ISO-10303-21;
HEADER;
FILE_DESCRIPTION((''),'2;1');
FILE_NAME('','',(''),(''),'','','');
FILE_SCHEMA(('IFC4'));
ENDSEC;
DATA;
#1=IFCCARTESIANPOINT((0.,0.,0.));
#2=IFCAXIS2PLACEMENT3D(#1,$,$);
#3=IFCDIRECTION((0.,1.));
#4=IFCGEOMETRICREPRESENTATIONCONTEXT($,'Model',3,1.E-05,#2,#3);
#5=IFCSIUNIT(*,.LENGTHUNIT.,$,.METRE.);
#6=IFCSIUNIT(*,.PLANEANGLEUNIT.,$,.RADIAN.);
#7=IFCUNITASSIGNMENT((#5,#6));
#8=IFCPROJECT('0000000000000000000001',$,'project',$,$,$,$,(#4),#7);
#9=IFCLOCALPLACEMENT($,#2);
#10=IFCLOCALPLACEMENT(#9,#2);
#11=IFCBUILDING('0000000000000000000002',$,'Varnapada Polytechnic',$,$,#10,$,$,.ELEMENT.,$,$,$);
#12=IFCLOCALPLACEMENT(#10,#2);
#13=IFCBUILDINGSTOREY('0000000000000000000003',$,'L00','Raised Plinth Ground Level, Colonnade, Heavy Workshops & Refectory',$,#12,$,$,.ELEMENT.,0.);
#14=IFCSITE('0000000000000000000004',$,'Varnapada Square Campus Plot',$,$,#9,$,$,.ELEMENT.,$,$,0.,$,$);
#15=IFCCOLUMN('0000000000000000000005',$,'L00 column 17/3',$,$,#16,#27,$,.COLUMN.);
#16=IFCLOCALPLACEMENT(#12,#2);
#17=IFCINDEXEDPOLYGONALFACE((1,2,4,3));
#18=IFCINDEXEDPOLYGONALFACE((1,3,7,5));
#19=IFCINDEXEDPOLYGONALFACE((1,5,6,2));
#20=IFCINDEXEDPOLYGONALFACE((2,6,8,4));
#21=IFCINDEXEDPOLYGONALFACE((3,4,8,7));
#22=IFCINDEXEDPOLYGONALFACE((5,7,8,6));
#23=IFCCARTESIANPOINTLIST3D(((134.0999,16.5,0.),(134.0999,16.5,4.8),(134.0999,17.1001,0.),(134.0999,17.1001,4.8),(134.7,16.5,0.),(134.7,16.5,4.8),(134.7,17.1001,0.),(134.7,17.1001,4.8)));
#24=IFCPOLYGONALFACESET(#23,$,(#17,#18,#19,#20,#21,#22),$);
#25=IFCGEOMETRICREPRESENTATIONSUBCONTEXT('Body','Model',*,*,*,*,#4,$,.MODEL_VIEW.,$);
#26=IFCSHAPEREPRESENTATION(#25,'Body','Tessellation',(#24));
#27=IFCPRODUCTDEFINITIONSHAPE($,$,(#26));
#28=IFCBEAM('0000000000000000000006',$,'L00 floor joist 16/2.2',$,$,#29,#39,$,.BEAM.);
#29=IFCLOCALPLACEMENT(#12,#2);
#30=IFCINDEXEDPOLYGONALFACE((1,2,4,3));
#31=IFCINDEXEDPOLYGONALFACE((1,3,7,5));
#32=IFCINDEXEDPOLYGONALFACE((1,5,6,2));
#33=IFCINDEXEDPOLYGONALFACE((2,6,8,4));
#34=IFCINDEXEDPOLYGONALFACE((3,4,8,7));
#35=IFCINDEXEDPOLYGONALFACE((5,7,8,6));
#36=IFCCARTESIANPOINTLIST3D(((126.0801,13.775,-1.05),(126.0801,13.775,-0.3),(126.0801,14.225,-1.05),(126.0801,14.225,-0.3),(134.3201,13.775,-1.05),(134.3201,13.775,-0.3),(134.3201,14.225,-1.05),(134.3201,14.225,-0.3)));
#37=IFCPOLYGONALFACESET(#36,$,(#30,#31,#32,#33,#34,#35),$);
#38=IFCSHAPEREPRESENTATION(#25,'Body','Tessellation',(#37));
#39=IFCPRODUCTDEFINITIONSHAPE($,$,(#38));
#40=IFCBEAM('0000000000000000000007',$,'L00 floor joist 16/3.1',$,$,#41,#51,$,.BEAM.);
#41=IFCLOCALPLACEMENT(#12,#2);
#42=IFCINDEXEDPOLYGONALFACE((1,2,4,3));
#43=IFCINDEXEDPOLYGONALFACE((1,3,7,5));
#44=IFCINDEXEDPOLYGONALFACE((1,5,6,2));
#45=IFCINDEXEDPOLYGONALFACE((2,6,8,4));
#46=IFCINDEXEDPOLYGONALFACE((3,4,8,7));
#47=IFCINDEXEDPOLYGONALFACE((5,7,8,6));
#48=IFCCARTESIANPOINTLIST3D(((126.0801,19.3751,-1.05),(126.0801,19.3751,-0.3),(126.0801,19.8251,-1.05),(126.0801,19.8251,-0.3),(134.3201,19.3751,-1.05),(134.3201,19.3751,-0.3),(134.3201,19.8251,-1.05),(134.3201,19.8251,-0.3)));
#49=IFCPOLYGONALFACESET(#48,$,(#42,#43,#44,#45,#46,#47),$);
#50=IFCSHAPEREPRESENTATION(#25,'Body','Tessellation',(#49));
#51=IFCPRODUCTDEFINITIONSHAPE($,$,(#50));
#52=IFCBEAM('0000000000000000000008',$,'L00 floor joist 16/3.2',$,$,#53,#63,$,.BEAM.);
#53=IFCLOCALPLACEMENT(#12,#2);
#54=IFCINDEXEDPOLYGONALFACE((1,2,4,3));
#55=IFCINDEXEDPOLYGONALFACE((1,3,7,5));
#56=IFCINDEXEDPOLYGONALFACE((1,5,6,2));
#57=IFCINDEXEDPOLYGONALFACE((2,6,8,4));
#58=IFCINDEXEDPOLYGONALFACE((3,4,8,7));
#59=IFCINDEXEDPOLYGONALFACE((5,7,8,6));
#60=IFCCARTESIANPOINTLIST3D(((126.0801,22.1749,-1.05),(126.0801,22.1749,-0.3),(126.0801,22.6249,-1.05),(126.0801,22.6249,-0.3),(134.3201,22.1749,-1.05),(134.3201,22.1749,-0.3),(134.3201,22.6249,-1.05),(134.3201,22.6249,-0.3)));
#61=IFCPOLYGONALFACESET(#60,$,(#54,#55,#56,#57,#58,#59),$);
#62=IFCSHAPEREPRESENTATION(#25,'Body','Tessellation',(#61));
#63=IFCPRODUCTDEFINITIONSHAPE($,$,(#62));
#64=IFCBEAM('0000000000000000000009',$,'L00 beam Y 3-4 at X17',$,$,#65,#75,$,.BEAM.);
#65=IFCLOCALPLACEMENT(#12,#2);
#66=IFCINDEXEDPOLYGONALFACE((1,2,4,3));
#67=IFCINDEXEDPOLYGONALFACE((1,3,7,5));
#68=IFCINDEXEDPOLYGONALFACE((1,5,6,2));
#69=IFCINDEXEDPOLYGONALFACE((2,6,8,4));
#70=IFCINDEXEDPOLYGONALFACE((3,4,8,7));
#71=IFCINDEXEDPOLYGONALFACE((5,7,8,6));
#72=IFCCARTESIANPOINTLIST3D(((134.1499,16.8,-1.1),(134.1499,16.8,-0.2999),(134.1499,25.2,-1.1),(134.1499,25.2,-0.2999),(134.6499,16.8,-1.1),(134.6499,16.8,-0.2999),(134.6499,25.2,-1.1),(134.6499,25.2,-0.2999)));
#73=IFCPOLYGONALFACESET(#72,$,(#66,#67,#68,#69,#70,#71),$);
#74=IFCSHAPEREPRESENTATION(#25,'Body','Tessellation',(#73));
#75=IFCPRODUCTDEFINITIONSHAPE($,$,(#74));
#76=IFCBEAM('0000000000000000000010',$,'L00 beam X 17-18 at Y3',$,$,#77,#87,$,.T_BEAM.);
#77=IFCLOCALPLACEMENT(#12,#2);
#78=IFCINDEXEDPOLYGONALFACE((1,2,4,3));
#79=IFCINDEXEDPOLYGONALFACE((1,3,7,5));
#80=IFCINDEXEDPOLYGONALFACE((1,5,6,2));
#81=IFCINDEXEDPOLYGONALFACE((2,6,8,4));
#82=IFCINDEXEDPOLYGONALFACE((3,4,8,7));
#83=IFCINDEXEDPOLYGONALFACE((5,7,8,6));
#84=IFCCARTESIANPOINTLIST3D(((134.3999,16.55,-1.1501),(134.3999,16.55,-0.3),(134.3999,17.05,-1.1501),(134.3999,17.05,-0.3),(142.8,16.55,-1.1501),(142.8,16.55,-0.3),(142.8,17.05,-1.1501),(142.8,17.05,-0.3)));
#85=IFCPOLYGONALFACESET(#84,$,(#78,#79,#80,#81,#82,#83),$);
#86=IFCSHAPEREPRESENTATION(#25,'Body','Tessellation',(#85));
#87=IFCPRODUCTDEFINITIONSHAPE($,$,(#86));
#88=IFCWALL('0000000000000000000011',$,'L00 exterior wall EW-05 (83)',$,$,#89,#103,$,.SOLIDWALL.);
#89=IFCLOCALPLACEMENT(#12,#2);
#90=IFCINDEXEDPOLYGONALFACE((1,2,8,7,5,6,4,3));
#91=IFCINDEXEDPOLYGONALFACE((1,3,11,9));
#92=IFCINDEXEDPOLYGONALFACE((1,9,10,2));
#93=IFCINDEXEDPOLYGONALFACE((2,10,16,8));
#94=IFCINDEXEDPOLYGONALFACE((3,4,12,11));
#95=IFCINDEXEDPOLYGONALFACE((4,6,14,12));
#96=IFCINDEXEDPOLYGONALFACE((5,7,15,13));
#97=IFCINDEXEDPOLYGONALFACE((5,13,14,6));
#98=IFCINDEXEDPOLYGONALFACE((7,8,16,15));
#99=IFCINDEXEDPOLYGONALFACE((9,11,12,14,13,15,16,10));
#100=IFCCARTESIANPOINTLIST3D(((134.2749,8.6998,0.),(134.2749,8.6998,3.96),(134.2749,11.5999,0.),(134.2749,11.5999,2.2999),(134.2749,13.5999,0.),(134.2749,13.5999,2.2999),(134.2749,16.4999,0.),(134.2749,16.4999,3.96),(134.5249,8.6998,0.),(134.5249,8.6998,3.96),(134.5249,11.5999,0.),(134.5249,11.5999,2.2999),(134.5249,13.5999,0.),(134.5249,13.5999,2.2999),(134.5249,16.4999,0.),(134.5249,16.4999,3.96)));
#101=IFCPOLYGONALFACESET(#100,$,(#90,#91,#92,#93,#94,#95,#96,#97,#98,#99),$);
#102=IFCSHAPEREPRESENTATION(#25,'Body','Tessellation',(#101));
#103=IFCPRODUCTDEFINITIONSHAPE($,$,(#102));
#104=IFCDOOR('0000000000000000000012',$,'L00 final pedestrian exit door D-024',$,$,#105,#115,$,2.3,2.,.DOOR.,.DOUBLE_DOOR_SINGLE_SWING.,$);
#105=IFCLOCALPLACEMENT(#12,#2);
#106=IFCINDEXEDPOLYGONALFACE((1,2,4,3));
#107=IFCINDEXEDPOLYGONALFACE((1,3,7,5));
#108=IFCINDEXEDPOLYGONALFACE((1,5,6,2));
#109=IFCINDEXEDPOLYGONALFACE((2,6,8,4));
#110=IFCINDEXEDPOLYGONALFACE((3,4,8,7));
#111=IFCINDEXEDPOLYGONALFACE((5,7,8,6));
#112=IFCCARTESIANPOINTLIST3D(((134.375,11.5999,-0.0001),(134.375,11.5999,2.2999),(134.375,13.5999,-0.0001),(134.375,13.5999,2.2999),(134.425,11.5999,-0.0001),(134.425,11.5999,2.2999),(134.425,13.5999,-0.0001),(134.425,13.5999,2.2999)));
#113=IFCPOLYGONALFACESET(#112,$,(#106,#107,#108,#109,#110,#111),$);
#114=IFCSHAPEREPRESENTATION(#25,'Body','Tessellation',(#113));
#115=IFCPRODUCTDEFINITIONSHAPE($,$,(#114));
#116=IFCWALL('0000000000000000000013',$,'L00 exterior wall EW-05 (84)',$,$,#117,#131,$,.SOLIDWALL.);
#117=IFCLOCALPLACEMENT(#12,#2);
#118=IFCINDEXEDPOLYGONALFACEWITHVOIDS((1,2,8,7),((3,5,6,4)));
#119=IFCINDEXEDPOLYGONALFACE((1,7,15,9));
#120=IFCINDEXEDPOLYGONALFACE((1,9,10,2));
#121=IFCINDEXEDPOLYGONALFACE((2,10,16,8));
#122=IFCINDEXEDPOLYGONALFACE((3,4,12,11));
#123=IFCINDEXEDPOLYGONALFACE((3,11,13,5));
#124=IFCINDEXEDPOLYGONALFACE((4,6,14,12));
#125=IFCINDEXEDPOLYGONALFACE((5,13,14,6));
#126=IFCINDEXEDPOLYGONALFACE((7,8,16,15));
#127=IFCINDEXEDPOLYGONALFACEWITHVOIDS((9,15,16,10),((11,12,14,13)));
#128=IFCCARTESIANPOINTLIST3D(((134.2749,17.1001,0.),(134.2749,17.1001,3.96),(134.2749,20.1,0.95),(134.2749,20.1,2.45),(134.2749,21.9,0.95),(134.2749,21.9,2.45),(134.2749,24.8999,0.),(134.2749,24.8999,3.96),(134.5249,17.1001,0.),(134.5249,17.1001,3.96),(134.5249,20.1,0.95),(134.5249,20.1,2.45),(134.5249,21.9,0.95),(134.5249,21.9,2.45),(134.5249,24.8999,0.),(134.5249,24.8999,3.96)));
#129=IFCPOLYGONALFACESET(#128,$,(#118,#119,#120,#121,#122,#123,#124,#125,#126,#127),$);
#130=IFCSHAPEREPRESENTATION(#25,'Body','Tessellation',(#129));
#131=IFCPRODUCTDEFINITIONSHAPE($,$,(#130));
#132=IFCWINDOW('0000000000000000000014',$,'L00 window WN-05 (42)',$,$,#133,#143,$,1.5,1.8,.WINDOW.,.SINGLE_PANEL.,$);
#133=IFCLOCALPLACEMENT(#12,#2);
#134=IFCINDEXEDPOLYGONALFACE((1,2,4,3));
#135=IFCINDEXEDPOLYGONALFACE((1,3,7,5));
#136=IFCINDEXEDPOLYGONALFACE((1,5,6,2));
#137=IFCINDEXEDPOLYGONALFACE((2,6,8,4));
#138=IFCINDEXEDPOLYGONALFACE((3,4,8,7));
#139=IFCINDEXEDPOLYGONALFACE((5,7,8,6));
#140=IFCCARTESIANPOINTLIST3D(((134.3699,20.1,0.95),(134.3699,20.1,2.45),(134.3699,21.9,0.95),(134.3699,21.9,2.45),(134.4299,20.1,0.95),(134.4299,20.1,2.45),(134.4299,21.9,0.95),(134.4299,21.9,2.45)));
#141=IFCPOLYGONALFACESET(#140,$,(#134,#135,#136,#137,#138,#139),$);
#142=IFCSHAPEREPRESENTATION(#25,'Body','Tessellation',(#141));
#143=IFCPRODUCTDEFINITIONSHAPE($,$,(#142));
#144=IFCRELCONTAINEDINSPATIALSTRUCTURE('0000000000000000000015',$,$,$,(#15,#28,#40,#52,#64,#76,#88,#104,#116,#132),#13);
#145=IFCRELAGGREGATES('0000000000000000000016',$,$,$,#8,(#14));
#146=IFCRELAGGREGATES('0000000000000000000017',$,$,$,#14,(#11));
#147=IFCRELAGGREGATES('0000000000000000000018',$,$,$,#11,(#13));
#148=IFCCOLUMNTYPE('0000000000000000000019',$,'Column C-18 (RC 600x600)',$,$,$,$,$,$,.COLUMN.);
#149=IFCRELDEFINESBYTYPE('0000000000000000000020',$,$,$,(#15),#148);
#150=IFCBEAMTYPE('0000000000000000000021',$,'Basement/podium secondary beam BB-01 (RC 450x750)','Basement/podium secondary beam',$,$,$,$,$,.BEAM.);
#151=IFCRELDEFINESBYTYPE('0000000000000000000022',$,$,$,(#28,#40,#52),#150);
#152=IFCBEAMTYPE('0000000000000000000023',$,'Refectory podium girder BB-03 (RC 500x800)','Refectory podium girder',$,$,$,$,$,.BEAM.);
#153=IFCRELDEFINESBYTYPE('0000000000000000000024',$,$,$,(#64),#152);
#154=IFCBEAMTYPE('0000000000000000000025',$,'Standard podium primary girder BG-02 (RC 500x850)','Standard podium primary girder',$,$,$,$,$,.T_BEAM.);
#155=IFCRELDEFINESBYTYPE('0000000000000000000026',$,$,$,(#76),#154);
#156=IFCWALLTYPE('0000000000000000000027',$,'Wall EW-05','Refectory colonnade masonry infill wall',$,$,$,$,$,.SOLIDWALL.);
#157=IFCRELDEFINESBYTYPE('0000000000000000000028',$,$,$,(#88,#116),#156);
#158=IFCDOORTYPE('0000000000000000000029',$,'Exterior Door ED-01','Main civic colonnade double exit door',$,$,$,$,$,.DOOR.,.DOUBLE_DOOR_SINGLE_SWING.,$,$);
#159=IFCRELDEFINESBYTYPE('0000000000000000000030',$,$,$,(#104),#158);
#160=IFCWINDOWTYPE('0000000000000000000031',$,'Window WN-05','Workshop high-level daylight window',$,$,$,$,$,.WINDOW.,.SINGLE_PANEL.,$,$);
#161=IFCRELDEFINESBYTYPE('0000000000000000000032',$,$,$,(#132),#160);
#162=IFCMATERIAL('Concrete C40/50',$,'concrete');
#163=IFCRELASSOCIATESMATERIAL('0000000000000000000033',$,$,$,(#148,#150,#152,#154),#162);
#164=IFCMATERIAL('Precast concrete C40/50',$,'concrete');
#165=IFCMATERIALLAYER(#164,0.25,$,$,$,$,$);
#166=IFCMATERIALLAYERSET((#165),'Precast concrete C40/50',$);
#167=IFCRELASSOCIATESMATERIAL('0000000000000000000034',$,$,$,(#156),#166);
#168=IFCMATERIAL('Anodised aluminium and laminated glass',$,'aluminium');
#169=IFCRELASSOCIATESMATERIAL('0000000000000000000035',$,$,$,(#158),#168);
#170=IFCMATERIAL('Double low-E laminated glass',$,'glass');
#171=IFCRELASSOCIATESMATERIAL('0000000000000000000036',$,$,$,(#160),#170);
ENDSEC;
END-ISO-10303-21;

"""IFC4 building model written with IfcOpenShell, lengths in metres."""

from ifc_helpers import new_model, si_unit, direction, frame, frame_2d, origin, origin_2d, place, context, subcontext, project, spatial, rectangle, extrude, material, layer, layer_set, material_profile, profile_set, type_object, element, fill, save


model = new_model("IFC4")

# Units and contexts
model_context = context("Model", 3, precision=1e-05, world=origin(), true_north=direction((0.0, 1.0)))
body_context = subcontext(model_context, "Body", "Model", "MODEL_VIEW")
ifc_project = project(units=[si_unit("LENGTHUNIT", "METRE"), si_unit("PLANEANGLEUNIT", "RADIAN")], contexts=[model_context])

# Site, building, storey
site_placement = place(None, origin())
site = spatial("IfcSite", under=ifc_project, at=site_placement, Name="Varnapada Square Campus Plot", CompositionType="ELEMENT", RefElevation=0.0)
building_placement = place(site_placement, origin())
building = spatial("IfcBuilding", under=site, at=building_placement, Name="Varnapada Polytechnic", CompositionType="ELEMENT")
storey_placement = place(building_placement, origin())
storey = spatial("IfcBuildingStorey", under=building, at=storey_placement, Name="L00", Description="Raised Plinth Ground Level, Colonnade, Heavy Workshops & Refectory", CompositionType="ELEMENT", Elevation=0.0)

# Column
ifc_material_1 = material(Name="Concrete C40/50", Category="concrete")
ifc_material_profile_1 = material_profile(ifc_material_1, rectangle(XDim=0.6001, YDim=0.6001, at=origin_2d()), Name="RC 600x600")
ifc_profile_set_1 = profile_set([ifc_material_profile_1], Name="Concrete C40/50")
column_type = type_object("IfcColumnType", Name="Column C-18 (RC 600x600)", PredefinedType="COLUMN", material=ifc_profile_set_1)
column_placement = place(storey_placement, frame((134.3999, 16.8, 0.0), z_axis=(0.0, 0.0, 1.0), x_axis=(1.0, 0.0, 0.0)))
element("IfcColumn", 1, at=column_placement, inside=storey, type_object=column_type, Name="L00 column 17/3", PredefinedType="COLUMN", context=body_context, shape_type="SweptSolid", body=[
    extrude(rectangle(XDim=0.6001, YDim=0.6001, at=origin_2d()), origin(), (0.0, 0.0, 1.0), 4.8),
])

# Beams
ifc_material_profile_2 = material_profile(ifc_material_1, rectangle(XDim=0.45, YDim=0.75, at=origin_2d()), Name="RC 450x750")
ifc_profile_set_2 = profile_set([ifc_material_profile_2], Name="Concrete C40/50")
beam_type_1 = type_object("IfcBeamType", Name="Basement/podium secondary beam BB-01 (RC 450x750)", Description="Basement/podium secondary beam", PredefinedType="BEAM", material=ifc_profile_set_2)
for number, where, z_axis, x_axis, name in (
    (2, (126.0801, 14.0, -0.675), (1.0, 0.0, 0.0), (0.0, 1.0, 0.0), "L00 floor joist 16/2.2"),
    (3, (126.0801, 19.6001, -0.675), (1.0, 0.0, 0.0), (0.0, 1.0, 0.0), "L00 floor joist 16/3.1"),
    (4, (126.0801, 22.3999, -0.675), (1.0, 0.0, 0.0), (0.0, 1.0, 0.0), "L00 floor joist 16/3.2"),
):
    element("IfcBeam", number, at=place(storey_placement, frame(where, z_axis=z_axis, x_axis=x_axis)), inside=storey, type_object=beam_type_1, Name=name, PredefinedType="BEAM", context=body_context, shape_type="SweptSolid", body=[
        extrude(rectangle(XDim=0.45, YDim=0.75, at=origin_2d()), origin(), (0.0, 0.0, 1.0), 8.24),
    ])
ifc_material_profile_3 = material_profile(ifc_material_1, rectangle(XDim=0.5, YDim=0.8, at=origin_2d()), Name="RC 500x800")
ifc_profile_set_3 = profile_set([ifc_material_profile_3], Name="Concrete C40/50")
beam_type_2 = type_object("IfcBeamType", Name="Refectory podium girder BB-03 (RC 500x800)", Description="Refectory podium girder", PredefinedType="BEAM", material=ifc_profile_set_3)
beam_1_placement = place(storey_placement, frame((134.3999, 16.8, -0.7), z_axis=(0.0, 1.0, 0.0), x_axis=(-1.0, 0.0, 0.0)))
element("IfcBeam", 5, at=beam_1_placement, inside=storey, type_object=beam_type_2, Name="L00 beam Y 3-4 at X17", PredefinedType="BEAM", context=body_context, shape_type="SweptSolid", body=[
    extrude(rectangle(XDim=0.5, YDim=0.8, at=origin_2d()), origin(), (0.0, 0.0, 1.0), 8.3999),
])
ifc_material_profile_4 = material_profile(ifc_material_1, rectangle(XDim=0.5, YDim=0.8501, at=origin_2d()), Name="RC 500x850")
ifc_profile_set_4 = profile_set([ifc_material_profile_4], Name="Concrete C40/50")
beam_type_3 = type_object("IfcBeamType", Name="Standard podium primary girder BG-02 (RC 500x850)", Description="Standard podium primary girder", PredefinedType="T_BEAM", material=ifc_profile_set_4)
beam_2_placement = place(storey_placement, frame((134.3999, 16.8, -0.7251), z_axis=(1.0, 0.0, 0.0), x_axis=(0.0, 1.0, 0.0)))
element("IfcBeam", 6, at=beam_2_placement, inside=storey, type_object=beam_type_3, Name="L00 beam X 17-18 at Y3", PredefinedType="T_BEAM", context=body_context, shape_type="SweptSolid", body=[
    extrude(rectangle(XDim=0.5, YDim=0.8501, at=origin_2d()), origin(), (0.0, 0.0, 1.0), 8.4001),
])

# Wall, opening, door
ifc_material_2 = material(Name="Precast concrete C40/50", Category="concrete")
ifc_layer_1 = layer(ifc_material_2, 0.25)
ifc_layer_set_1 = layer_set([ifc_layer_1], Name="Precast concrete C40/50")
wall_type = type_object("IfcWallType", Name="Wall EW-05", Description="Refectory colonnade masonry infill wall", PredefinedType="SOLIDWALL", material=ifc_layer_set_1)
wall_1_placement = place(storey_placement, frame((134.3999, 8.7, 0.0), z_axis=(0.0, 0.0, 1.0), x_axis=(0.0, 1.0, 0.0)))
wall_1 = element("IfcWall", 7, at=wall_1_placement, inside=storey, type_object=wall_type, Name="L00 exterior wall EW-05 (83)", PredefinedType="SOLIDWALL", context=body_context, shape_type="SweptSolid", body=[
    extrude(rectangle(XDim=7.8, YDim=0.25, at=frame_2d((3.8999, 0.0))), origin(), (0.0, 0.0, 1.0), 3.96),
])
opening_1_placement = place(wall_1_placement, frame((2.8999, 0.0, 0.0)))
opening_1 = element("IfcOpeningElement", 8, at=opening_1_placement, cuts=wall_1, PredefinedType="OPENING", context=body_context, shape_type="SweptSolid", body=[
    extrude(rectangle(XDim=2.0, YDim=2.3, at=frame_2d((1.0, 1.1499))), frame((0.0, 0.135, 0.0), z_axis=(0.0, -1.0, 0.0), x_axis=(1.0, 0.0, 0.0)), (0.0, 0.0, 1.0), 0.27),
])
ifc_material_3 = material(Name="Anodised aluminium and laminated glass", Category="aluminium")
door_type = type_object("IfcDoorType", Name="Exterior Door ED-01", Description="Main civic colonnade double exit door", OperationType="DOUBLE_DOOR_SINGLE_SWING", PredefinedType="DOOR", material=ifc_material_3)
door_placement = place(opening_1_placement, origin())
door = element("IfcDoor", 9, at=door_placement, inside=storey, type_object=door_type, Name="L00 final pedestrian exit door D-024", OperationType="DOUBLE_DOOR_SINGLE_SWING", OverallHeight=2.3, OverallWidth=2.0, PredefinedType="DOOR", context=body_context, shape_type="SweptSolid", body=[
    extrude(rectangle(XDim=2.0, YDim=2.3, at=frame_2d((1.0, 1.1499))), frame((0.0, 0.0249, 0.0), z_axis=(0.0, -1.0, 0.0), x_axis=(1.0, 0.0, 0.0)), (0.0, 0.0, 1.0), 0.05),
])
fill(opening_1, door)

# Wall, opening, window
wall_2_placement = place(storey_placement, frame((134.3999, 17.1001, 0.0), z_axis=(0.0, 0.0, 1.0), x_axis=(0.0, 1.0, 0.0)))
wall_2 = element("IfcWall", 10, at=wall_2_placement, inside=storey, type_object=wall_type, Name="L00 exterior wall EW-05 (84)", PredefinedType="SOLIDWALL", context=body_context, shape_type="SweptSolid", body=[
    extrude(rectangle(XDim=7.7998, YDim=0.25, at=frame_2d((3.8999, 0.0))), origin(), (0.0, 0.0, 1.0), 3.96),
])
opening_2_placement = place(wall_2_placement, frame((3.0, 0.0, 0.95)))
opening_2 = element("IfcOpeningElement", 11, at=opening_2_placement, cuts=wall_2, PredefinedType="OPENING", context=body_context, shape_type="SweptSolid", body=[
    extrude(rectangle(XDim=1.8, YDim=1.5, at=frame_2d((0.8999, 0.75))), frame((0.0, 0.135, 0.0), z_axis=(0.0, -1.0, 0.0), x_axis=(1.0, 0.0, 0.0)), (0.0, 0.0, 1.0), 0.27),
])
ifc_material_4 = material(Name="Double low-E laminated glass", Category="glass")
window_type = type_object("IfcWindowType", Name="Window WN-05", Description="Workshop high-level daylight window", PartitioningType="SINGLE_PANEL", PredefinedType="WINDOW", material=ifc_material_4)
window_placement = place(opening_2_placement, origin())
window = element("IfcWindow", 12, at=window_placement, inside=storey, type_object=window_type, Name="L00 window WN-05 (42)", OverallHeight=1.5, OverallWidth=1.8, PartitioningType="SINGLE_PANEL", PredefinedType="WINDOW", context=body_context, shape_type="SweptSolid", body=[
    extrude(rectangle(XDim=1.8, YDim=1.5, at=frame_2d((0.8999, 0.75))), frame((0.0, 0.03, 0.0), z_axis=(0.0, -1.0, 0.0), x_axis=(1.0, 0.0, 0.0)), (0.0, 0.0, 1.0), 0.0601),
])
fill(opening_2, window)

save(model, "model.ifc")
